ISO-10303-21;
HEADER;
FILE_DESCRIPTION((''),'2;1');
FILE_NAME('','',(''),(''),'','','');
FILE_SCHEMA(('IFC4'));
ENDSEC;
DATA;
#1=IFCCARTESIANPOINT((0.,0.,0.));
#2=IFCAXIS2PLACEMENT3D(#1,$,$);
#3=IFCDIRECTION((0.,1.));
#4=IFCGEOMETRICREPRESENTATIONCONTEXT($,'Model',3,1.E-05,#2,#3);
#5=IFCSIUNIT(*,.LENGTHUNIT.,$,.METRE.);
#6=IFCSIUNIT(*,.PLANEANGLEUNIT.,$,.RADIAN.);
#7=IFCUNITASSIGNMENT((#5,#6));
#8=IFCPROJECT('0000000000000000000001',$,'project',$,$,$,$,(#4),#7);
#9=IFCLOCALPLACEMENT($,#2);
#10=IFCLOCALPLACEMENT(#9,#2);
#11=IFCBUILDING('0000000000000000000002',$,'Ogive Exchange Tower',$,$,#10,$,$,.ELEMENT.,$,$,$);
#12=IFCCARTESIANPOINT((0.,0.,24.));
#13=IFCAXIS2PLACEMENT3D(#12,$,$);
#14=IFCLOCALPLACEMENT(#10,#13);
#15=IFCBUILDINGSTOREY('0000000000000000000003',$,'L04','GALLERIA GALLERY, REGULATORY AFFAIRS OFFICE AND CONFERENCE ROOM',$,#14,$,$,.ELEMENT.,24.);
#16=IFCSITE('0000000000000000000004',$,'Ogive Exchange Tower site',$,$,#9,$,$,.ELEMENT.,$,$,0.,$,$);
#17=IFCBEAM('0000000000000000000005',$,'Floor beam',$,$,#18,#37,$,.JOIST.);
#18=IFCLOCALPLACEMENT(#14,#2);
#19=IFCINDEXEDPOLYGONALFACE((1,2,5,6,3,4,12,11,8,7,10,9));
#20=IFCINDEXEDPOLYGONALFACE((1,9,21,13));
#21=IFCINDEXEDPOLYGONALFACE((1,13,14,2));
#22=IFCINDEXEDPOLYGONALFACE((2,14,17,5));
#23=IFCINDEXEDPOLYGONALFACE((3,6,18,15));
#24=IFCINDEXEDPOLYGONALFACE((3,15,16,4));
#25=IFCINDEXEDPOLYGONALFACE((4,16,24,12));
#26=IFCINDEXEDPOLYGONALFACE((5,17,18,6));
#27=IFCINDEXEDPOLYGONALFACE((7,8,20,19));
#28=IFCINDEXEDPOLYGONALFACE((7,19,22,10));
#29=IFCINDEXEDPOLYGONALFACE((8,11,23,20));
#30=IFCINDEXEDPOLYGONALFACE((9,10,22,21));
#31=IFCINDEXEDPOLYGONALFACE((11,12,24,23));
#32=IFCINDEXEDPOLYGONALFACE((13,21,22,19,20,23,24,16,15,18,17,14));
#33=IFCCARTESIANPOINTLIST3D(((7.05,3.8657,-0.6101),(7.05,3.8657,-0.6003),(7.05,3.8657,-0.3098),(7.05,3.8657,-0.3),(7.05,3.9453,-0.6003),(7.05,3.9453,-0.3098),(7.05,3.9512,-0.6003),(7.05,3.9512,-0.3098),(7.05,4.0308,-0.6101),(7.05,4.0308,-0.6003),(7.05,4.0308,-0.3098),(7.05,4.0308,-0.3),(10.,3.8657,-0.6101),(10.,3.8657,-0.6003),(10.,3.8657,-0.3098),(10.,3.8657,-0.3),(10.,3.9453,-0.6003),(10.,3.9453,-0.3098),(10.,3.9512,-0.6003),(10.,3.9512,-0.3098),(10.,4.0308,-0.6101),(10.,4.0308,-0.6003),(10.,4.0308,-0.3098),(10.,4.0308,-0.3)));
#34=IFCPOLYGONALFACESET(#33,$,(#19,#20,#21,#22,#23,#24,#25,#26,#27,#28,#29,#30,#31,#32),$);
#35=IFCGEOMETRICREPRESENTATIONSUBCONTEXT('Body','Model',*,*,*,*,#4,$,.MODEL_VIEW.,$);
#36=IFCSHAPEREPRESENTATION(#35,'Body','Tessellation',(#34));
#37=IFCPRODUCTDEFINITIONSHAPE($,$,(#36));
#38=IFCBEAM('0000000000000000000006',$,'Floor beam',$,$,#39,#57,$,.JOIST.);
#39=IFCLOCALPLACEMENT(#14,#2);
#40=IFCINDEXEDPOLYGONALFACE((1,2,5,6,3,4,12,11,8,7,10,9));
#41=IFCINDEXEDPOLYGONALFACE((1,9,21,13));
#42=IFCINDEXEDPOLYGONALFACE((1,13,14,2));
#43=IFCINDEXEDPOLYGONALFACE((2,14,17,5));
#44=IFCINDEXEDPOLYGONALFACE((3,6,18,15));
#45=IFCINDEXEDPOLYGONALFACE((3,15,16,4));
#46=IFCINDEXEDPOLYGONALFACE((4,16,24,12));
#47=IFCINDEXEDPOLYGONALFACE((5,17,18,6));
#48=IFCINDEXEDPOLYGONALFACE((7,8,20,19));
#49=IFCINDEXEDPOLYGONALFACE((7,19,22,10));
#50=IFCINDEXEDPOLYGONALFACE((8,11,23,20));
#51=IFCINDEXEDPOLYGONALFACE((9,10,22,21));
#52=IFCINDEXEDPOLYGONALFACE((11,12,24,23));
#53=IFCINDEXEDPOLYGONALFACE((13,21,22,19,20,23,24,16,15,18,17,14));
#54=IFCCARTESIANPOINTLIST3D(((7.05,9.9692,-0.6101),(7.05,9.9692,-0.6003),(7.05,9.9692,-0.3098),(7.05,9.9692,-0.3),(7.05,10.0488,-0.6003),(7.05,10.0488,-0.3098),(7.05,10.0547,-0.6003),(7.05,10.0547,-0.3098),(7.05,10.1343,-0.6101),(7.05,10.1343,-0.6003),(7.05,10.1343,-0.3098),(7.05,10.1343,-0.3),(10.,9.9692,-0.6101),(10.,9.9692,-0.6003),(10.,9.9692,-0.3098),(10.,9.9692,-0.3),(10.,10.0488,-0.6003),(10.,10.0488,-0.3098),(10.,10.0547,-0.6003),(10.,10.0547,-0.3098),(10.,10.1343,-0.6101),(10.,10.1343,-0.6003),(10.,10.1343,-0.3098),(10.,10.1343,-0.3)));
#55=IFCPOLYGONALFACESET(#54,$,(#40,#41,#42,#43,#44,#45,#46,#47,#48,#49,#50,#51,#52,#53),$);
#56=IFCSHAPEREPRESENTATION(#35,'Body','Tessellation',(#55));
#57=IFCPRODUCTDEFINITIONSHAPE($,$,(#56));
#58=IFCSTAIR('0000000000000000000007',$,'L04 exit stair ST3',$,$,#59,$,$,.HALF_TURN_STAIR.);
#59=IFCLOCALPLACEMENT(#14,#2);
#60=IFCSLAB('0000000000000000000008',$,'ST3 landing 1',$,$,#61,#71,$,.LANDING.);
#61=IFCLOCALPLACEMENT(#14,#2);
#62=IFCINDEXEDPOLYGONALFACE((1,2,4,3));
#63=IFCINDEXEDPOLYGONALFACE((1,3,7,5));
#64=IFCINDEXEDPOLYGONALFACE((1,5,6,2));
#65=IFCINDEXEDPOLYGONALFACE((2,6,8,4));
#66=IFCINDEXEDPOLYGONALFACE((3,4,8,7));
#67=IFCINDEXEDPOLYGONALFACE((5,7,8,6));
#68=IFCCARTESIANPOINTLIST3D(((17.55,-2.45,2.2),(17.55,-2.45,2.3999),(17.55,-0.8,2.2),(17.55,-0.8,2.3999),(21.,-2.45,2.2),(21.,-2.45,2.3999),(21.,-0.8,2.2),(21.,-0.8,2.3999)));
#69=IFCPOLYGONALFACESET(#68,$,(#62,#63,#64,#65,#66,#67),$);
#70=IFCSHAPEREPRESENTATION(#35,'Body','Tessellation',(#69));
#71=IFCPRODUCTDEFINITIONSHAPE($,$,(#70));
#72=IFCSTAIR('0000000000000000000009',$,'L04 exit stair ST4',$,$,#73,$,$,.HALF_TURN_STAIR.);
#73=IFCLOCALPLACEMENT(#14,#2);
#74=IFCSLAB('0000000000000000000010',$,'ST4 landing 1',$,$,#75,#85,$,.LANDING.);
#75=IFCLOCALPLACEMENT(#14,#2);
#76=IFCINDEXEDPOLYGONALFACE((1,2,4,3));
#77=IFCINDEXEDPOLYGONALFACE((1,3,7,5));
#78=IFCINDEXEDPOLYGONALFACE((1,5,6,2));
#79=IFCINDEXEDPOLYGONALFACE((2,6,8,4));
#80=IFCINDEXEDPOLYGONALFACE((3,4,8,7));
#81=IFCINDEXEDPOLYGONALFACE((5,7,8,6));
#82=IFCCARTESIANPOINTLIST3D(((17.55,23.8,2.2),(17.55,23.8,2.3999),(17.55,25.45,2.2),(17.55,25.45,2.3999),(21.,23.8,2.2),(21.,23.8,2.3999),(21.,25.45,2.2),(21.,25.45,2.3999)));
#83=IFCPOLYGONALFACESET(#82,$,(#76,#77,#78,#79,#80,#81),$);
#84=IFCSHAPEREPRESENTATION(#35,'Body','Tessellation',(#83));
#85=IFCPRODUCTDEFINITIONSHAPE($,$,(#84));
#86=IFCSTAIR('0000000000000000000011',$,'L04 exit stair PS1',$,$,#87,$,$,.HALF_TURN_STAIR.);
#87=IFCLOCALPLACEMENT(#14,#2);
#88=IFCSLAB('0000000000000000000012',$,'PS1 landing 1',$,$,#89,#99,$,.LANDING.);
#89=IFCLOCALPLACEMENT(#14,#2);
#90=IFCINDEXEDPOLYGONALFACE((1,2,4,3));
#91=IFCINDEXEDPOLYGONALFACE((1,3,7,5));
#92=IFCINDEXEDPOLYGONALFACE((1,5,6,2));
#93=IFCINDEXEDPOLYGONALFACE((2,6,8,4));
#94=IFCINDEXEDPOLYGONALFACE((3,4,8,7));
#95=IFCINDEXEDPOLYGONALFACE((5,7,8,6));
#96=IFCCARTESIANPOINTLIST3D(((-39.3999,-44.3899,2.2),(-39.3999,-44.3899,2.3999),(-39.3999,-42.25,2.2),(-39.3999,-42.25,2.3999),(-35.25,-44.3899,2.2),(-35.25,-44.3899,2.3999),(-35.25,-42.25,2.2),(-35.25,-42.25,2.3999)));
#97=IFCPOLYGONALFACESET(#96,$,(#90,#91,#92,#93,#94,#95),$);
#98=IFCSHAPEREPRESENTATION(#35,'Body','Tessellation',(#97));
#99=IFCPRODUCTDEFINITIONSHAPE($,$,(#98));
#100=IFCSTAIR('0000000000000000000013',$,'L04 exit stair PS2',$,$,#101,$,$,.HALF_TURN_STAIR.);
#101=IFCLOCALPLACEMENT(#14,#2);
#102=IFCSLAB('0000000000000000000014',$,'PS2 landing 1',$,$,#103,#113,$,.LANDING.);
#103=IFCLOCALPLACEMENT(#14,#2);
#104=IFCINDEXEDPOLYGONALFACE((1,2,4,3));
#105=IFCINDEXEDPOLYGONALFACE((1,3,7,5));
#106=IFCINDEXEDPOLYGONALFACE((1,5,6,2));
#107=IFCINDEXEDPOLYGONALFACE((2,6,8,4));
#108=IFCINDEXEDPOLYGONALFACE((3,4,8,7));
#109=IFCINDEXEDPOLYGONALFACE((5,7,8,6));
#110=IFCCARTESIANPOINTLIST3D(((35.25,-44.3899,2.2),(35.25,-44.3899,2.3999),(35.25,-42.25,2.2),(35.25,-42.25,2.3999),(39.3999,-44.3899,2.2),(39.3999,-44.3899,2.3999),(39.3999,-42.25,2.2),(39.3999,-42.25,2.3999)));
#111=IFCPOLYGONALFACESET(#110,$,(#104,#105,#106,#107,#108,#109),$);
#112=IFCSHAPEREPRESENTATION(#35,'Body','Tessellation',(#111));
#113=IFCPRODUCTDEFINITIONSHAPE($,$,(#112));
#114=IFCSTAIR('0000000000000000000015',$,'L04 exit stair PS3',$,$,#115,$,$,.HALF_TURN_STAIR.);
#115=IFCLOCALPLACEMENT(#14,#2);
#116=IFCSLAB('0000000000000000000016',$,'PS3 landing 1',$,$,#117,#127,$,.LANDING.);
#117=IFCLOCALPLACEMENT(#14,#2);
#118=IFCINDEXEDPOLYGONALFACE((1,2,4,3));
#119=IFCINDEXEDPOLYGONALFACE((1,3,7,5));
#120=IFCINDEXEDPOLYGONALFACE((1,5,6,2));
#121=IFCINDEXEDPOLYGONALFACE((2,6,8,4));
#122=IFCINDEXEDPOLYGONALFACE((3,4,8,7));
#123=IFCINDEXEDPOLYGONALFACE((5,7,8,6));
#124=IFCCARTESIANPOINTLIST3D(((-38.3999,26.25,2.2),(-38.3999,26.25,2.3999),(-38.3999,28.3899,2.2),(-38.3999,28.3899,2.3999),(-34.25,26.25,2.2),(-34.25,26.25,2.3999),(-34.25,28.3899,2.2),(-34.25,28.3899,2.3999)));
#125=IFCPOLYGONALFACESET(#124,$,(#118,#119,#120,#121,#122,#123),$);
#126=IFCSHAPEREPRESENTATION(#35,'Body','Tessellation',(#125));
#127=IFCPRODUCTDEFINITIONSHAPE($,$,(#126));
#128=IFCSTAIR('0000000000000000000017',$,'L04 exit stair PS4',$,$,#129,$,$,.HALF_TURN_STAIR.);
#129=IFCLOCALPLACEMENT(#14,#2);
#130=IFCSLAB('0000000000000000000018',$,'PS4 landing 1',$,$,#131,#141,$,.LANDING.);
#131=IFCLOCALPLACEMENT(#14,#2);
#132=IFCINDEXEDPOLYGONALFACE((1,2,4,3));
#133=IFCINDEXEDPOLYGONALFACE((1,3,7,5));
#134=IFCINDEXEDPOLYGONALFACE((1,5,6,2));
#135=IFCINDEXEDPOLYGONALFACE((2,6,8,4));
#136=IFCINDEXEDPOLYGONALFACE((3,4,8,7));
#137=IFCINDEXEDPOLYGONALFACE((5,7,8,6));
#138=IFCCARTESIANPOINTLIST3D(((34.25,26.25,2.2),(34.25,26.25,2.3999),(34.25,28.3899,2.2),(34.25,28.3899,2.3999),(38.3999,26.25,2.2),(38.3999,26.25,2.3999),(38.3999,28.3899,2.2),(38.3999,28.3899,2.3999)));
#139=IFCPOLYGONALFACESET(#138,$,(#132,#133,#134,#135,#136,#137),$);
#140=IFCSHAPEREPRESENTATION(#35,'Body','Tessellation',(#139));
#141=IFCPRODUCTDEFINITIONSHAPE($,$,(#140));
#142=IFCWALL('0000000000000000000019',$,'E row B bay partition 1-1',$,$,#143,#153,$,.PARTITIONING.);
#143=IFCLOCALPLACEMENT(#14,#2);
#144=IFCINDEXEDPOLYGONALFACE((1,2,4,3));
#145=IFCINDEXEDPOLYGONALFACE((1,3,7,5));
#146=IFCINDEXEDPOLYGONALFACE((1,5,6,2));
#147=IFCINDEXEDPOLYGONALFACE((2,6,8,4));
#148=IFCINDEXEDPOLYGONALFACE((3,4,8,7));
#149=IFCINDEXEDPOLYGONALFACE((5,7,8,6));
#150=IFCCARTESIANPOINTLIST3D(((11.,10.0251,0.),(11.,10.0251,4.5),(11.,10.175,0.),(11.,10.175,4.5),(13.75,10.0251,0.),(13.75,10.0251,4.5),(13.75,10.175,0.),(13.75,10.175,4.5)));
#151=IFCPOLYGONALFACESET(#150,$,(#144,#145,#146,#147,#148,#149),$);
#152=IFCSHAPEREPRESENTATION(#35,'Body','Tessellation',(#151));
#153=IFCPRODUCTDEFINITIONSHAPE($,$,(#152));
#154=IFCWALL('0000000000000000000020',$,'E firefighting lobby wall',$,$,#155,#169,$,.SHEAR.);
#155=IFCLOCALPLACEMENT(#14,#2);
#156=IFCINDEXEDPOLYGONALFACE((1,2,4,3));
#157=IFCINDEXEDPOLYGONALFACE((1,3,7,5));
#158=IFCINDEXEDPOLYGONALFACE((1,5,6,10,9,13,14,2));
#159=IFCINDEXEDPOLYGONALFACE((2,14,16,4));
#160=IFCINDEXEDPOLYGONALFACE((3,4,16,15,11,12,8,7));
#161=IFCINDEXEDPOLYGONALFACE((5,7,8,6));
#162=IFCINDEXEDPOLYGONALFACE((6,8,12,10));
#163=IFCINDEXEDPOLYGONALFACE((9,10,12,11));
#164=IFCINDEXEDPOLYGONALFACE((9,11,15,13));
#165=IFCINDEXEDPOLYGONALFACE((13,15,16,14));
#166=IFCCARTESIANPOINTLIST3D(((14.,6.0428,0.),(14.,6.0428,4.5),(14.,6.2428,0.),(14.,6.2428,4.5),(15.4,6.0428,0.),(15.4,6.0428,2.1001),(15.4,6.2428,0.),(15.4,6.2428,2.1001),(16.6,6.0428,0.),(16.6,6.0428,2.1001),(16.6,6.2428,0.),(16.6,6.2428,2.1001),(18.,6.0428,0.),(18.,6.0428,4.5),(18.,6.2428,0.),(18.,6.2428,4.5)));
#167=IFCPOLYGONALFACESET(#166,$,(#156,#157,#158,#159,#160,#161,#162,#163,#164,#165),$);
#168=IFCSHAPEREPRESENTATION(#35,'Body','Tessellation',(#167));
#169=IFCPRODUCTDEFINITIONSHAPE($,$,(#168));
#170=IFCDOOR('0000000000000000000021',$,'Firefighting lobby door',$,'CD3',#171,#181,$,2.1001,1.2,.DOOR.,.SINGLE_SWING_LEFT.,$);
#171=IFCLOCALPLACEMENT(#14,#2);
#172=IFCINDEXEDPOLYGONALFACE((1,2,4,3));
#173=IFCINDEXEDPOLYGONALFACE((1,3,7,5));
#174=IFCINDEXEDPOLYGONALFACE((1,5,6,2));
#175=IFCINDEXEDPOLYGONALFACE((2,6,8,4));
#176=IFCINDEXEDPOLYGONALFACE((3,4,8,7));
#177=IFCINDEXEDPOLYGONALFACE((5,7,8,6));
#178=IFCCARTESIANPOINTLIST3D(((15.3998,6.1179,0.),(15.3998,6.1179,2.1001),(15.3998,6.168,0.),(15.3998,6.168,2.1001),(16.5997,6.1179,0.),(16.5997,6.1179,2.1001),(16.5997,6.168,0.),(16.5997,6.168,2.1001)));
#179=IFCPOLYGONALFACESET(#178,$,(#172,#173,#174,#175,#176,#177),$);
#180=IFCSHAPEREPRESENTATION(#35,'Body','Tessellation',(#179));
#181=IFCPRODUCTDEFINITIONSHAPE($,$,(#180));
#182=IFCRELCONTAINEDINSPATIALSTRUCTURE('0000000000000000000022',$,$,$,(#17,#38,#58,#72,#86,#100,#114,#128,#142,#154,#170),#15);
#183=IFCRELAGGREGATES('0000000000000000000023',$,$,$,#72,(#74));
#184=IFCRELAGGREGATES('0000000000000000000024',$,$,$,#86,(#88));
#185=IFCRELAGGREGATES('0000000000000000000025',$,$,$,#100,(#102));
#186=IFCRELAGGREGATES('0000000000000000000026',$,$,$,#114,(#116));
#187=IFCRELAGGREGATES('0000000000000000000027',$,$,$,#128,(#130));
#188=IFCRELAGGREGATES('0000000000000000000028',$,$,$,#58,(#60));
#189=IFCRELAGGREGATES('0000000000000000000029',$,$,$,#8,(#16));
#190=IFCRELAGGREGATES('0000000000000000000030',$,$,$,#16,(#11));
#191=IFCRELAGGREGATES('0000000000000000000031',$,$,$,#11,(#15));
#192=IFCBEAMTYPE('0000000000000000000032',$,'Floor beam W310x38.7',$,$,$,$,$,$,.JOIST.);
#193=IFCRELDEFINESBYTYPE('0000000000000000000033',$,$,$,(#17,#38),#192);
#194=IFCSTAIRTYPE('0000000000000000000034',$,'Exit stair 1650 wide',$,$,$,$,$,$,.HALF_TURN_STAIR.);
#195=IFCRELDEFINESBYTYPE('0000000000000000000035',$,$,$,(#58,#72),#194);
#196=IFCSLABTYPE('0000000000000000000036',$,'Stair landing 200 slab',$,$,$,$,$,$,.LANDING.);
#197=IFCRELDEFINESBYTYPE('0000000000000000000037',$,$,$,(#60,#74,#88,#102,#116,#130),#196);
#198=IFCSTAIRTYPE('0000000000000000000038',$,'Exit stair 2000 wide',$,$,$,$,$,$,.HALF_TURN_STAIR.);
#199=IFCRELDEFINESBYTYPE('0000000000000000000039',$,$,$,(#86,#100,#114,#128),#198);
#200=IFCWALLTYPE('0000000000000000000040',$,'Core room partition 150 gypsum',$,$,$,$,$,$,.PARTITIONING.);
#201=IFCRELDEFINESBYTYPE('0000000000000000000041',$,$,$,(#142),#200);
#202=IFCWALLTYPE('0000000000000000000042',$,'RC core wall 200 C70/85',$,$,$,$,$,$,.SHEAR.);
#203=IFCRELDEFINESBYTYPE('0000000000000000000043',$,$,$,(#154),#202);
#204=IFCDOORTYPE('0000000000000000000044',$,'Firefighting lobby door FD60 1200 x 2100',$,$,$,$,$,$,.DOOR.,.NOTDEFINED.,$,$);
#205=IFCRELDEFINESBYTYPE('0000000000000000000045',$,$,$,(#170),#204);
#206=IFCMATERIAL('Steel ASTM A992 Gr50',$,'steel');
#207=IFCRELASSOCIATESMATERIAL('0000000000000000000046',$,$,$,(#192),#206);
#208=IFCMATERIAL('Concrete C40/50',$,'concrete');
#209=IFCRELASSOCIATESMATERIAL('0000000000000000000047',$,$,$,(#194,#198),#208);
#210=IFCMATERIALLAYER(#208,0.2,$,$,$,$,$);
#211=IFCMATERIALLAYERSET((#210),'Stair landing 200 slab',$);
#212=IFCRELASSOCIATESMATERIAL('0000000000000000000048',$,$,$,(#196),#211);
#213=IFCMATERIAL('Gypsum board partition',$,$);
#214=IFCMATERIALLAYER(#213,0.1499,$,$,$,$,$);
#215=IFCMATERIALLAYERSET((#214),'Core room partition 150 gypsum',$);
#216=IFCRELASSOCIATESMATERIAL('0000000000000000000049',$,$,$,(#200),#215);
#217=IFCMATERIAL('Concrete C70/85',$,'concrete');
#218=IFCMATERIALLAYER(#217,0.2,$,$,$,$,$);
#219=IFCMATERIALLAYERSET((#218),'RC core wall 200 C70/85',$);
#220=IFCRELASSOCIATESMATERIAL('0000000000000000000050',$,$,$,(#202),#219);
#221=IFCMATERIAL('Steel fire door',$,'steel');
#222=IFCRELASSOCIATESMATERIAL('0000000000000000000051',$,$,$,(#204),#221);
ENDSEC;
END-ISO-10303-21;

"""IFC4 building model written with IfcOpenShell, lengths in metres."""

from ifc_helpers import new_model, si_unit, direction, frame, frame_2d, origin, origin_2d, place, context, subcontext, project, spatial, polyline, rectangle, i_section, outline, extrude, material, layer, layer_set, material_profile, profile_set, type_object, element, fill, aggregate, save


model = new_model("IFC4")

# Units and contexts
model_context = context("Model", 3, precision=1e-05, world=origin(), true_north=direction((0.0, 1.0)))
body_context = subcontext(model_context, "Body", "Model", "MODEL_VIEW")
ifc_project = project(units=[si_unit("LENGTHUNIT", "METRE"), si_unit("PLANEANGLEUNIT", "RADIAN")], contexts=[model_context])

# Site, building, storey
site_placement = place(None, origin())
site = spatial("IfcSite", under=ifc_project, at=site_placement, Name="Ogive Exchange Tower site", CompositionType="ELEMENT", RefElevation=0.0)
building_placement = place(site_placement, origin())
building = spatial("IfcBuilding", under=site, at=building_placement, Name="Ogive Exchange Tower", CompositionType="ELEMENT")
storey_placement = place(building_placement, frame((0.0, 0.0, 24.0)))
storey = spatial("IfcBuildingStorey", under=building, at=storey_placement, Name="L04", Description="GALLERIA GALLERY, REGULATORY AFFAIRS OFFICE AND CONFERENCE ROOM", CompositionType="ELEMENT", Elevation=24.0)

# Beams
ifc_material_1 = material(Name="Steel ASTM A992 Gr50", Category="steel")
ifc_material_profile = material_profile(ifc_material_1, i_section(OverallWidth=0.165, OverallDepth=0.3101, WebThickness=0.0059, FlangeThickness=0.0098, at=origin_2d()), Name="W310x38.7")
ifc_profile_set = profile_set([ifc_material_profile], Name="Steel ASTM A992 Gr50")
beam_type = type_object("IfcBeamType", Name="Floor beam W310x38.7", PredefinedType="JOIST", material=ifc_profile_set)
for number, where, z_axis, x_axis, name in (
    (1, (7.05, 3.9482, -0.4551), (1.0, 0.0, 0.0), (0.0, 1.0, 0.0), "Floor beam"),
    (2, (7.05, 10.0518, -0.4551), (1.0, 0.0, 0.0), (0.0, 1.0, 0.0), "Floor beam"),
):
    element("IfcBeam", number, at=place(storey_placement, frame(where, z_axis=z_axis, x_axis=x_axis)), inside=storey, type_object=beam_type, Name=name, PredefinedType="JOIST", context=body_context, shape_type="SweptSolid", body=[
        extrude(i_section(OverallWidth=0.165, OverallDepth=0.3101, WebThickness=0.0059, FlangeThickness=0.0098, at=origin_2d()), origin(), (0.0, 0.0, 1.0), 2.95),
    ])

# Stairs, slabs
ifc_material_2 = material(Name="Concrete C40/50", Category="concrete")
stair_type_1 = type_object("IfcStairType", Name="Exit stair 1650 wide", PredefinedType="HALF_TURN_STAIR", material=ifc_material_2)
stair_1_placement = place(storey_placement, origin())
stair_1 = element("IfcStair", 3, at=stair_1_placement, inside=storey, type_object=stair_type_1, Name="L04 exit stair ST3", PredefinedType="HALF_TURN_STAIR")
ifc_layer_1 = layer(ifc_material_2, 0.2)
ifc_layer_set_1 = layer_set([ifc_layer_1], Name="Stair landing 200 slab")
slab_type = type_object("IfcSlabType", Name="Stair landing 200 slab", PredefinedType="LANDING", material=ifc_layer_set_1)
slab_1_placement = place(storey_placement, frame((0.0, 0.0, 2.2)))
slab_1 = element("IfcSlab", 4, at=slab_1_placement, type_object=slab_type, Name="ST3 landing 1", PredefinedType="LANDING", context=body_context, shape_type="SweptSolid", body=[
    extrude(outline(polyline([(17.55, -0.8), (17.55, -2.45), (21.0, -2.45), (21.0, -0.8), (17.55, -0.8)])), origin(), (0.0, 0.0, 1.0), 0.2),
])
stair_2_placement = place(storey_placement, origin())
stair_2 = element("IfcStair", 5, at=stair_2_placement, inside=storey, type_object=stair_type_1, Name="L04 exit stair ST4", PredefinedType="HALF_TURN_STAIR")
slab_2_placement = place(storey_placement, frame((0.0, 0.0, 2.2)))
slab_2 = element("IfcSlab", 6, at=slab_2_placement, type_object=slab_type, Name="ST4 landing 1", PredefinedType="LANDING", context=body_context, shape_type="SweptSolid", body=[
    extrude(outline(polyline([(21.0, 23.8), (21.0, 25.45), (17.55, 25.45), (17.55, 23.8), (21.0, 23.8)])), origin(), (0.0, 0.0, 1.0), 0.2),
])
aggregate(stair_2, [slab_2])
stair_type_2 = type_object("IfcStairType", Name="Exit stair 2000 wide", PredefinedType="HALF_TURN_STAIR", material=ifc_material_2)
stair_3_placement = place(storey_placement, origin())
stair_3 = element("IfcStair", 7, at=stair_3_placement, inside=storey, type_object=stair_type_2, Name="L04 exit stair PS1", PredefinedType="HALF_TURN_STAIR")
slab_3_placement = place(storey_placement, frame((0.0, 0.0, 2.2)))
slab_3 = element("IfcSlab", 8, at=slab_3_placement, type_object=slab_type, Name="PS1 landing 1", PredefinedType="LANDING", context=body_context, shape_type="SweptSolid", body=[
    extrude(outline(polyline([(-35.25, -44.3899), (-35.25, -42.25), (-39.3999, -42.25), (-39.3999, -44.3899), (-35.25, -44.3899)])), origin(), (0.0, 0.0, 1.0), 0.2),
])
aggregate(stair_3, [slab_3])
stair_4_placement = place(storey_placement, origin())
stair_4 = element("IfcStair", 9, at=stair_4_placement, inside=storey, type_object=stair_type_2, Name="L04 exit stair PS2", PredefinedType="HALF_TURN_STAIR")
slab_4_placement = place(storey_placement, frame((0.0, 0.0, 2.2)))
slab_4 = element("IfcSlab", 10, at=slab_4_placement, type_object=slab_type, Name="PS2 landing 1", PredefinedType="LANDING", context=body_context, shape_type="SweptSolid", body=[
    extrude(outline(polyline([(39.3999, -44.3899), (39.3999, -42.25), (35.25, -42.25), (35.25, -44.3899), (39.3999, -44.3899)])), origin(), (0.0, 0.0, 1.0), 0.2),
])
aggregate(stair_4, [slab_4])
stair_5_placement = place(storey_placement, origin())
stair_5 = element("IfcStair", 11, at=stair_5_placement, inside=storey, type_object=stair_type_2, Name="L04 exit stair PS3", PredefinedType="HALF_TURN_STAIR")
slab_5_placement = place(storey_placement, frame((0.0, 0.0, 2.2)))
slab_5 = element("IfcSlab", 12, at=slab_5_placement, type_object=slab_type, Name="PS3 landing 1", PredefinedType="LANDING", context=body_context, shape_type="SweptSolid", body=[
    extrude(outline(polyline([(-38.3999, 28.3899), (-38.3999, 26.25), (-34.25, 26.25), (-34.25, 28.3899), (-38.3999, 28.3899)])), origin(), (0.0, 0.0, 1.0), 0.2),
])
aggregate(stair_5, [slab_5])
stair_6_placement = place(storey_placement, origin())
stair_6 = element("IfcStair", 13, at=stair_6_placement, inside=storey, type_object=stair_type_2, Name="L04 exit stair PS4", PredefinedType="HALF_TURN_STAIR")
slab_6_placement = place(storey_placement, frame((0.0, 0.0, 2.2)))
slab_6 = element("IfcSlab", 14, at=slab_6_placement, type_object=slab_type, Name="PS4 landing 1", PredefinedType="LANDING", context=body_context, shape_type="SweptSolid", body=[
    extrude(outline(polyline([(34.25, 28.3899), (34.25, 26.25), (38.3999, 26.25), (38.3999, 28.3899), (34.25, 28.3899)])), origin(), (0.0, 0.0, 1.0), 0.2),
])
aggregate(stair_6, [slab_6])

# Wall
ifc_material_3 = material(Name="Gypsum board partition")
ifc_layer_2 = layer(ifc_material_3, 0.1499)
ifc_layer_set_2 = layer_set([ifc_layer_2], Name="Core room partition 150 gypsum")
wall_type_1 = type_object("IfcWallType", Name="Core room partition 150 gypsum", PredefinedType="PARTITIONING", material=ifc_layer_set_2)
wall_1_placement = place(storey_placement, frame((11.0, 10.1001, 0.0), z_axis=(0.0, 0.0, 1.0), x_axis=(1.0, 0.0, 0.0)))
element("IfcWall", 15, at=wall_1_placement, inside=storey, type_object=wall_type_1, Name="E row B bay partition 1-1", PredefinedType="PARTITIONING", context=body_context, shape_type="SweptSolid", body=[
    extrude(rectangle(XDim=2.75, YDim=0.1499, at=frame_2d((1.375, 0.0))), origin(), (0.0, 0.0, 1.0), 4.5),
])

# Wall, opening, door
ifc_material_4 = material(Name="Concrete C70/85", Category="concrete")
ifc_layer_3 = layer(ifc_material_4, 0.2)
ifc_layer_set_3 = layer_set([ifc_layer_3], Name="RC core wall 200 C70/85")
wall_type_2 = type_object("IfcWallType", Name="RC core wall 200 C70/85", PredefinedType="SHEAR", material=ifc_layer_set_3)
wall_2_placement = place(storey_placement, frame((14.0, 6.1428, 0.0), z_axis=(0.0, 0.0, 1.0), x_axis=(1.0, 0.0, 0.0)))
wall_2 = element("IfcWall", 16, at=wall_2_placement, inside=storey, type_object=wall_type_2, Name="E firefighting lobby wall", PredefinedType="SHEAR", context=body_context, shape_type="SweptSolid", body=[
    extrude(rectangle(XDim=4.0, YDim=0.2, at=frame_2d((2.0, 0.0))), origin(), (0.0, 0.0, 1.0), 4.5),
])
opening_1_placement = place(wall_2_placement, frame((1.3999, 0.0, 0.0)))
opening_1 = element("IfcOpeningElement", 17, at=opening_1_placement, cuts=wall_2, PredefinedType="OPENING", context=body_context, shape_type="SweptSolid", body=[
    extrude(rectangle(XDim=1.2, YDim=2.1001, at=frame_2d((0.6001, 1.05))), frame((0.0, 0.1099, 0.0), z_axis=(0.0, -1.0, 0.0), x_axis=(1.0, 0.0, 0.0)), (0.0, 0.0, 1.0), 0.22),
])
ifc_material_5 = material(Name="Steel fire door", Category="steel")
door_type_1 = type_object("IfcDoorType", Name="Firefighting lobby door FD60 1200 x 2100", OperationType="NOTDEFINED", PredefinedType="DOOR", material=ifc_material_5)
door_1_placement = place(opening_1_placement, frame((1.2, 0.0, 0.0), z_axis=(0.0, 0.0, 1.0), x_axis=(-1.0, 0.0, 0.0)))
door_1 = element("IfcDoor", 18, at=door_1_placement, inside=storey, type_object=door_type_1, Name="Firefighting lobby door", ObjectType="CD3", OperationType="SINGLE_SWING_LEFT", OverallHeight=2.1001, OverallWidth=1.2, PredefinedType="DOOR", context=body_context, shape_type="SweptSolid", body=[
    extrude(rectangle(XDim=1.2, YDim=2.1001, at=frame_2d((0.6001, 1.05))), frame((0.0, 0.0249, 0.0), z_axis=(0.0, -1.0, 0.0), x_axis=(1.0, 0.0, 0.0)), (0.0, 0.0, 1.0), 0.05),
])
fill(opening_1, door_1)

aggregate(stair_1, [slab_1])

save(model, "model.ifc")
